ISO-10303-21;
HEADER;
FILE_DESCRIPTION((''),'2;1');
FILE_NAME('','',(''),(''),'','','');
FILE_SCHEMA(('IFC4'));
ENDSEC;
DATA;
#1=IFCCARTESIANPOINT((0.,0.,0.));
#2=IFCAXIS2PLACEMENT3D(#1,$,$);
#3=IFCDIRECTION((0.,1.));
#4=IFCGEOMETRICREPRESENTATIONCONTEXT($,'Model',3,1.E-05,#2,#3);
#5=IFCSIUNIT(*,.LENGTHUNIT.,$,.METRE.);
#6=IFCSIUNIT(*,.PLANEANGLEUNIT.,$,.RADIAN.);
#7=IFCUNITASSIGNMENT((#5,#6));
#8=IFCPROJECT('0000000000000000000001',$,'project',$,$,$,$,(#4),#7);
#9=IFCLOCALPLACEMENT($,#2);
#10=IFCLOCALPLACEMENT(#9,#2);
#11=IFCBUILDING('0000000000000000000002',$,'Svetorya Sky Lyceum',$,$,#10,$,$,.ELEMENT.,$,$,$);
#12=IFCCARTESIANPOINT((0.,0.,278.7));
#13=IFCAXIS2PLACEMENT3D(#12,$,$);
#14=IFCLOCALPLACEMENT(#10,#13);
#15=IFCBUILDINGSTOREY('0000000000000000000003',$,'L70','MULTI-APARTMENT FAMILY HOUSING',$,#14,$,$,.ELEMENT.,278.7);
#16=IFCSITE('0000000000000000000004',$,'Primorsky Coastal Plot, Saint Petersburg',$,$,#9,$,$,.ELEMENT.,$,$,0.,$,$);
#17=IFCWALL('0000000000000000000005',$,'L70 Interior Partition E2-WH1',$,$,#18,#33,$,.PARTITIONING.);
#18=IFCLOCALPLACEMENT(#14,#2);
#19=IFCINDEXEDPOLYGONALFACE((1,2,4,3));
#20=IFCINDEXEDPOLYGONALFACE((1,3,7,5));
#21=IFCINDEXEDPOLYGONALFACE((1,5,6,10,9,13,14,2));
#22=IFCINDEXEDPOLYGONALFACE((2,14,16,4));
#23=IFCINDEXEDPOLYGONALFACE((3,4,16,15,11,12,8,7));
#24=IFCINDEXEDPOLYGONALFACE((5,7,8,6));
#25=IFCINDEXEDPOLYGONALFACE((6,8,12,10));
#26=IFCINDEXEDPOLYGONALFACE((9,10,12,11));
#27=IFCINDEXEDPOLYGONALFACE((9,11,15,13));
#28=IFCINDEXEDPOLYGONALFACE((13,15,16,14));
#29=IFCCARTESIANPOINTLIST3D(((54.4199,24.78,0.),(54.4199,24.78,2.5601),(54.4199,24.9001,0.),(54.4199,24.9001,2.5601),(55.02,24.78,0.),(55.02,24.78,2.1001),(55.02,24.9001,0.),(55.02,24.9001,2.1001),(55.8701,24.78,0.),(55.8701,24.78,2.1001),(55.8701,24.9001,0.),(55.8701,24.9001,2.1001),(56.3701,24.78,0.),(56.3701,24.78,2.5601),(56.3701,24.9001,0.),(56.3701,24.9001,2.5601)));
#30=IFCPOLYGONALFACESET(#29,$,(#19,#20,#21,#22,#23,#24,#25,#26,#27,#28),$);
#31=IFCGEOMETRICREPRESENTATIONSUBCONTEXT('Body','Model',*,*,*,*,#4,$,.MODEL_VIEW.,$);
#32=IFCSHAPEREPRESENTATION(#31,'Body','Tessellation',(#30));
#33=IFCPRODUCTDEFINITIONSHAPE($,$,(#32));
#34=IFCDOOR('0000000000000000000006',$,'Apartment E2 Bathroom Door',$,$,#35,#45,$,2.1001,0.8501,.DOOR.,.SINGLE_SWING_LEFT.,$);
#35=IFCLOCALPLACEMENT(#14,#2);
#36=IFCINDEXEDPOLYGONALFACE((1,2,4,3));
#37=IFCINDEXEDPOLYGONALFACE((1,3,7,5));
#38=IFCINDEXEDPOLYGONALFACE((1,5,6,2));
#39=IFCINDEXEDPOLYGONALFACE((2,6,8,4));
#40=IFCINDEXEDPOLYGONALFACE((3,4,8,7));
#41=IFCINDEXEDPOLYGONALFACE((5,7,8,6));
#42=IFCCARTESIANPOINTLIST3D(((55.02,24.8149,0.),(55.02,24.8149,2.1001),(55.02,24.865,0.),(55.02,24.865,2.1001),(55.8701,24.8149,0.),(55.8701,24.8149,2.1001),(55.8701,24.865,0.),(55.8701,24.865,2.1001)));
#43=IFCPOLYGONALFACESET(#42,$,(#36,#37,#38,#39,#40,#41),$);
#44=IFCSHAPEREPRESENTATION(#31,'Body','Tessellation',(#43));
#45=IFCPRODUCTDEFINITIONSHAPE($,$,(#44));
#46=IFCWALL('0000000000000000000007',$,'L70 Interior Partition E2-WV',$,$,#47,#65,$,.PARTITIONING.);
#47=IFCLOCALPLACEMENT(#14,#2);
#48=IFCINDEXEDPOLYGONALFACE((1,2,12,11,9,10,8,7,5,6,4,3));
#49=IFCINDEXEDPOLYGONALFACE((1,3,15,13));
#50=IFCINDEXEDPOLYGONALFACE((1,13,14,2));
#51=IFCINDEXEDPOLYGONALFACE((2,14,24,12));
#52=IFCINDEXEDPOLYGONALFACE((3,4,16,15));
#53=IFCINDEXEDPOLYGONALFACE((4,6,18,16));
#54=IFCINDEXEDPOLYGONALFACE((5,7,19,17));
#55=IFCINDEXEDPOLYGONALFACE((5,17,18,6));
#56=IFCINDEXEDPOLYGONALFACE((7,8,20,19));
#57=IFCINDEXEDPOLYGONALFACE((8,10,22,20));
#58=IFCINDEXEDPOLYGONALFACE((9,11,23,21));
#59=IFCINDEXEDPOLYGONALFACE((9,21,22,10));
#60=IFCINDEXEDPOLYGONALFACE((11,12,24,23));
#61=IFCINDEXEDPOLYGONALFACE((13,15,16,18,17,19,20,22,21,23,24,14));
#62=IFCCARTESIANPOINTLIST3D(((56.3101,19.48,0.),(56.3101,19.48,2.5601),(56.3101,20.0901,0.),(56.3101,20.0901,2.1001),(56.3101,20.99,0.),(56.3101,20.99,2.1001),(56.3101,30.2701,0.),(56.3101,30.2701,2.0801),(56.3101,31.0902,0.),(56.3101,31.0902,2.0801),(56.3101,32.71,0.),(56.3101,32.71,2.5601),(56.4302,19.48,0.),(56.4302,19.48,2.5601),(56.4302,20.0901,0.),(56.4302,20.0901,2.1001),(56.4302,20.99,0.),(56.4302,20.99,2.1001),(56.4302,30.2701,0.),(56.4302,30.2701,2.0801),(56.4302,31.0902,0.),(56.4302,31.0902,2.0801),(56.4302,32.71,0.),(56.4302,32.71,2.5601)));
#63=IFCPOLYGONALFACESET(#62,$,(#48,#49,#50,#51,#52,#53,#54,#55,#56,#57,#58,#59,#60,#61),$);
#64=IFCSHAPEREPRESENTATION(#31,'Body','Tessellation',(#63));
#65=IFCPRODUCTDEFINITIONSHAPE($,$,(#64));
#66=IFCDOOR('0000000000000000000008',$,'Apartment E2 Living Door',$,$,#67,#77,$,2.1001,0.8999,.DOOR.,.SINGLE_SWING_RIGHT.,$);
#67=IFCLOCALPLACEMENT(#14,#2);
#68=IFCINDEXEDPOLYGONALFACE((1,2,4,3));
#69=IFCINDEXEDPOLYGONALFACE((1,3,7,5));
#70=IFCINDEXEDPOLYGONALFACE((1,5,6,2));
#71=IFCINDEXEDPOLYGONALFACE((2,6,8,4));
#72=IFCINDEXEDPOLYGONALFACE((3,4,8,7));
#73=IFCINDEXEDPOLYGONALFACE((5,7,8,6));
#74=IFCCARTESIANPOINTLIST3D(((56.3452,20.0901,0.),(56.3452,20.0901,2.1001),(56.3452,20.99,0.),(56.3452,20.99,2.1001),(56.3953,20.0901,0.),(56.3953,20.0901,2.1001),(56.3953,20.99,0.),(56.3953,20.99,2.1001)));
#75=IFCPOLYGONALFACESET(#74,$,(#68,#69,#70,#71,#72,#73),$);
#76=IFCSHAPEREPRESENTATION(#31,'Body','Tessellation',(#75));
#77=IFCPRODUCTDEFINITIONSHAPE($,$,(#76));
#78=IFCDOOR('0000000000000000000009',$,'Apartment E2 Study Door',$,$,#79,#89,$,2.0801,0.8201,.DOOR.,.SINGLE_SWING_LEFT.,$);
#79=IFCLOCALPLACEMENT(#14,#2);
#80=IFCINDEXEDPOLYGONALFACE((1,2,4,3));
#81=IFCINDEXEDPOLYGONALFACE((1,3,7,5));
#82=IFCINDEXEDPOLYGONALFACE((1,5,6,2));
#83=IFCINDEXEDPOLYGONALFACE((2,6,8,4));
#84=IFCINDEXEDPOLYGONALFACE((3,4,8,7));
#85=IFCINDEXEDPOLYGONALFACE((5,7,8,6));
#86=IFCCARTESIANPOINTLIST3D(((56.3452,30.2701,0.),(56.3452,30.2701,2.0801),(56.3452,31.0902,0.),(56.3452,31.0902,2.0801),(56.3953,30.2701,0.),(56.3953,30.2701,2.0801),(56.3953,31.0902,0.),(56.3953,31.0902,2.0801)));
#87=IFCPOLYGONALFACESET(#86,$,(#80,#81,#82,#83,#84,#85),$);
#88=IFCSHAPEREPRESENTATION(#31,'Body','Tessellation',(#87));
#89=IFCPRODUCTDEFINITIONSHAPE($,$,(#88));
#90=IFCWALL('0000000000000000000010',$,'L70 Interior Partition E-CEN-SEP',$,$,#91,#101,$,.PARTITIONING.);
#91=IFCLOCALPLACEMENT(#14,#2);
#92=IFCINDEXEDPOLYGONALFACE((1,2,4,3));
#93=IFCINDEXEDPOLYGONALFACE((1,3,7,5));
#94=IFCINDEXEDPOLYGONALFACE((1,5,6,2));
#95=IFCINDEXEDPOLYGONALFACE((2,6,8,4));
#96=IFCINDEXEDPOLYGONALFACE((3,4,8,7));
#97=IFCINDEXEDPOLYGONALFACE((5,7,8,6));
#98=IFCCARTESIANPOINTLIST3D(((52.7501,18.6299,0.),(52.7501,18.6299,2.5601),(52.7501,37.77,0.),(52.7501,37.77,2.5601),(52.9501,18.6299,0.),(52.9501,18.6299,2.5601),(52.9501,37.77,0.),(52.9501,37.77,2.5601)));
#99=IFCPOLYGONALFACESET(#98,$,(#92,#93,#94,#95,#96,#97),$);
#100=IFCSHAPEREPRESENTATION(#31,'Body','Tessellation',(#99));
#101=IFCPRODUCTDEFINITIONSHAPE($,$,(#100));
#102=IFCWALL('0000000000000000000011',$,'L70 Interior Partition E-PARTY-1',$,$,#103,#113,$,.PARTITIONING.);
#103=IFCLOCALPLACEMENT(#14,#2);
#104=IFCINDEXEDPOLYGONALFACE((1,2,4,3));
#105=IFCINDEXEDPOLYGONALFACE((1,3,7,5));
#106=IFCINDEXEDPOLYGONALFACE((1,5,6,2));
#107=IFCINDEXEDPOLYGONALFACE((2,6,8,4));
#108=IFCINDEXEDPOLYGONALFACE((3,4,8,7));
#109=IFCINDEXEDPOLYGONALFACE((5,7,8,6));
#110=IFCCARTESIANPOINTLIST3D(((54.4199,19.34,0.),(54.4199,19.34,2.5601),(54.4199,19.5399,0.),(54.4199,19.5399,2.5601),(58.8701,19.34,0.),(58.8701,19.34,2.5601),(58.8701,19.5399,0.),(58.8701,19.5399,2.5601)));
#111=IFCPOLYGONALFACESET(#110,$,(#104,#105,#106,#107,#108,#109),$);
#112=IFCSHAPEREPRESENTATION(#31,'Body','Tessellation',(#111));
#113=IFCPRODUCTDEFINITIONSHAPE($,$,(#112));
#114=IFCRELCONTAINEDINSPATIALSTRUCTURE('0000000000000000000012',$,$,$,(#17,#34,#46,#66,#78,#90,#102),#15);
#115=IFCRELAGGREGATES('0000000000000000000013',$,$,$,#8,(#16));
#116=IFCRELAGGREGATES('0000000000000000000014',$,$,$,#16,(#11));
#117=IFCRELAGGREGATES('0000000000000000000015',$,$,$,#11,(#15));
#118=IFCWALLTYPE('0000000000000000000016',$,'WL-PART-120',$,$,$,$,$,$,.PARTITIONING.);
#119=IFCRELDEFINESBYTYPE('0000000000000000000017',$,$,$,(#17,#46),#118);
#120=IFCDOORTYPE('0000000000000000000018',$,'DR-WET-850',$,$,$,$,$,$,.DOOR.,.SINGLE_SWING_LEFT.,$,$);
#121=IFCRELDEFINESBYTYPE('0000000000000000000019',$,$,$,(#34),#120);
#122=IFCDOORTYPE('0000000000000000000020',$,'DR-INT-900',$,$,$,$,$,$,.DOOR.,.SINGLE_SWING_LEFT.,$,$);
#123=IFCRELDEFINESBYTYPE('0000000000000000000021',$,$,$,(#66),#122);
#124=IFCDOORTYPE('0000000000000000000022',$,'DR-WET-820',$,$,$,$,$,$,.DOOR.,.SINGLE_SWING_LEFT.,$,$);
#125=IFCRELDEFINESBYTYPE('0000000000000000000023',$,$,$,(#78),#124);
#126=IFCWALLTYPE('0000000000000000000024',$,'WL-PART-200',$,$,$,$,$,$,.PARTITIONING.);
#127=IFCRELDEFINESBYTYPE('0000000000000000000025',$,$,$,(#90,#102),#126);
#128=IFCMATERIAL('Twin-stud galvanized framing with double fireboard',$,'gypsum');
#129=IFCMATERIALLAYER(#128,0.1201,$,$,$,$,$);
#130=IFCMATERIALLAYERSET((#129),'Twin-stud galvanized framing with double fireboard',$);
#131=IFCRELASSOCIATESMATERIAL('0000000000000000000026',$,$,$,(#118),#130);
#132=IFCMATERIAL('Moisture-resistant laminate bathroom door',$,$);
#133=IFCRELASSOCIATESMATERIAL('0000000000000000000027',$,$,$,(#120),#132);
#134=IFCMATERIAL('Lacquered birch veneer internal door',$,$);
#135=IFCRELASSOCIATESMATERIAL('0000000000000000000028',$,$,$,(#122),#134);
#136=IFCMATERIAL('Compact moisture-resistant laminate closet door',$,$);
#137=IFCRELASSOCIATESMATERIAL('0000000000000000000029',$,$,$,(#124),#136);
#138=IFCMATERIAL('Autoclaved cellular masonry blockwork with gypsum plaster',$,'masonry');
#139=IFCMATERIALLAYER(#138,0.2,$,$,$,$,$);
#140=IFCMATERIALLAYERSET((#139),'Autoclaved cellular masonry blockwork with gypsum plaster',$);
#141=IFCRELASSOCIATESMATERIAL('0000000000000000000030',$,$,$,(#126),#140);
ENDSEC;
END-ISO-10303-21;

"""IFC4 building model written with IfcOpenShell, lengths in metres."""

from ifc_helpers import new_model, si_unit, direction, frame, frame_2d, origin, place, context, subcontext, project, spatial, rectangle, extrude, material, layer, layer_set, type_object, element, fill, save


model = new_model("IFC4")

# Units and contexts
model_context = context("Model", 3, precision=1e-05, world=origin(), true_north=direction((0.0, 1.0)))
body_context = subcontext(model_context, "Body", "Model", "MODEL_VIEW")
ifc_project = project(units=[si_unit("LENGTHUNIT", "METRE"), si_unit("PLANEANGLEUNIT", "RADIAN")], contexts=[model_context])

# Site, building, storey
site_placement = place(None, origin())
site = spatial("IfcSite", under=ifc_project, at=site_placement, Name="Primorsky Coastal Plot, Saint Petersburg", CompositionType="ELEMENT", RefElevation=0.0)
building_placement = place(site_placement, origin())
building = spatial("IfcBuilding", under=site, at=building_placement, Name="Svetorya Sky Lyceum", CompositionType="ELEMENT")
storey_placement = place(building_placement, frame((0.0, 0.0, 278.7)))
storey = spatial("IfcBuildingStorey", under=building, at=storey_placement, Name="L70", Description="MULTI-APARTMENT FAMILY HOUSING", CompositionType="ELEMENT", Elevation=278.7)

# Wall, opening, door
ifc_material_1 = material(Name="Twin-stud galvanized framing with double fireboard", Category="gypsum")
ifc_layer_1 = layer(ifc_material_1, 0.1201)
ifc_layer_set_1 = layer_set([ifc_layer_1], Name="Twin-stud galvanized framing with double fireboard")
wall_type_1 = type_object("IfcWallType", Name="WL-PART-120", PredefinedType="PARTITIONING", material=ifc_layer_set_1)
wall_1_placement = place(storey_placement, frame((54.4199, 24.8401, 0.0), z_axis=(0.0, 0.0, 1.0), x_axis=(1.0, 0.0, 0.0)))
wall_1 = element("IfcWall", 1, at=wall_1_placement, inside=storey, type_object=wall_type_1, Name="L70 Interior Partition E2-WH1", PredefinedType="PARTITIONING", context=body_context, shape_type="SweptSolid", body=[
    extrude(rectangle(XDim=1.9502, YDim=0.1201, at=frame_2d((0.9751, 0.0))), origin(), (0.0, 0.0, 1.0), 2.5601),
])
opening_1_placement = place(wall_1_placement, frame((0.6001, 0.0, 0.0)))
opening_1 = element("IfcOpeningElement", 2, at=opening_1_placement, cuts=wall_1, PredefinedType="OPENING", context=body_context, shape_type="SweptSolid", body=[
    extrude(rectangle(XDim=0.8501, YDim=2.1001, at=frame_2d((0.425, 1.05))), frame((0.0, 0.0701, 0.0), z_axis=(0.0, -1.0, 0.0), x_axis=(1.0, 0.0, 0.0)), (0.0, 0.0, 1.0), 0.1401),
])
ifc_material_2 = material(Name="Moisture-resistant laminate bathroom door")
door_type_1 = type_object("IfcDoorType", Name="DR-WET-850", OperationType="SINGLE_SWING_LEFT", PredefinedType="DOOR", material=ifc_material_2)
door_1_placement = place(opening_1_placement, origin())
door_1 = element("IfcDoor", 3, at=door_1_placement, inside=storey, type_object=door_type_1, Name="Apartment E2 Bathroom Door", OperationType="SINGLE_SWING_LEFT", OverallHeight=2.1001, OverallWidth=0.8501, PredefinedType="DOOR", context=body_context, shape_type="SweptSolid", body=[
    extrude(rectangle(XDim=0.8501, YDim=2.1001, at=frame_2d((0.425, 1.05))), frame((0.0, 0.0249, 0.0), z_axis=(0.0, -1.0, 0.0), x_axis=(1.0, 0.0, 0.0)), (0.0, 0.0, 1.0), 0.05),
])
fill(opening_1, door_1)

# Wall, openings, doors
wall_2_placement = place(storey_placement, frame((56.3701, 19.48, 0.0), z_axis=(0.0, 0.0, 1.0), x_axis=(0.0, 1.0, 0.0)))
wall_2 = element("IfcWall", 4, at=wall_2_placement, inside=storey, type_object=wall_type_1, Name="L70 Interior Partition E2-WV", PredefinedType="PARTITIONING", context=body_context, shape_type="SweptSolid", body=[
    extrude(rectangle(XDim=13.23, YDim=0.1201, at=frame_2d((6.615, 0.0))), origin(), (0.0, 0.0, 1.0), 2.5601),
])
opening_2_placement = place(wall_2_placement, frame((0.6101, 0.0, 0.0)))
opening_2 = element("IfcOpeningElement", 5, at=opening_2_placement, cuts=wall_2, PredefinedType="OPENING", context=body_context, shape_type="SweptSolid", body=[
    extrude(rectangle(XDim=0.8999, YDim=2.1001, at=frame_2d((0.45, 1.05))), frame((0.0, 0.0701, 0.0), z_axis=(0.0, -1.0, 0.0), x_axis=(1.0, 0.0, 0.0)), (0.0, 0.0, 1.0), 0.1401),
])
opening_3_placement = place(wall_2_placement, frame((10.79, 0.0, 0.0)))
opening_3 = element("IfcOpeningElement", 6, at=opening_3_placement, cuts=wall_2, PredefinedType="OPENING", context=body_context, shape_type="SweptSolid", body=[
    extrude(rectangle(XDim=0.8201, YDim=2.0801, at=frame_2d((0.4102, 1.04))), frame((0.0, 0.0701, 0.0), z_axis=(0.0, -1.0, 0.0), x_axis=(1.0, 0.0, 0.0)), (0.0, 0.0, 1.0), 0.1401),
])
ifc_material_3 = material(Name="Lacquered birch veneer internal door")
door_type_2 = type_object("IfcDoorType", Name="DR-INT-900", OperationType="SINGLE_SWING_LEFT", PredefinedType="DOOR", material=ifc_material_3)
door_2_placement = place(opening_2_placement, origin())
door_2 = element("IfcDoor", 7, at=door_2_placement, inside=storey, type_object=door_type_2, Name="Apartment E2 Living Door", OperationType="SINGLE_SWING_RIGHT", OverallHeight=2.1001, OverallWidth=0.8999, PredefinedType="DOOR", context=body_context, shape_type="SweptSolid", body=[
    extrude(rectangle(XDim=0.8999, YDim=2.1001, at=frame_2d((0.45, 1.05))), frame((0.0, 0.0249, 0.0), z_axis=(0.0, -1.0, 0.0), x_axis=(1.0, 0.0, 0.0)), (0.0, 0.0, 1.0), 0.05),
])
fill(opening_2, door_2)
ifc_material_4 = material(Name="Compact moisture-resistant laminate closet door")
door_type_3 = type_object("IfcDoorType", Name="DR-WET-820", OperationType="SINGLE_SWING_LEFT", PredefinedType="DOOR", material=ifc_material_4)
door_3_placement = place(opening_3_placement, origin())
door_3 = element("IfcDoor", 8, at=door_3_placement, inside=storey, type_object=door_type_3, Name="Apartment E2 Study Door", OperationType="SINGLE_SWING_LEFT", OverallHeight=2.0801, OverallWidth=0.8201, PredefinedType="DOOR", context=body_context, shape_type="SweptSolid", body=[
    extrude(rectangle(XDim=0.8201, YDim=2.0801, at=frame_2d((0.4102, 1.04))), frame((0.0, 0.0249, 0.0), z_axis=(0.0, -1.0, 0.0), x_axis=(1.0, 0.0, 0.0)), (0.0, 0.0, 1.0), 0.05),
])
fill(opening_3, door_3)

# Walls
ifc_material_5 = material(Name="Autoclaved cellular masonry blockwork with gypsum plaster", Category="masonry")
ifc_layer_2 = layer(ifc_material_5, 0.2)
ifc_layer_set_2 = layer_set([ifc_layer_2], Name="Autoclaved cellular masonry blockwork with gypsum plaster")
wall_type_2 = type_object("IfcWallType", Name="WL-PART-200", PredefinedType="PARTITIONING", material=ifc_layer_set_2)
wall_3_placement = place(storey_placement, frame((52.8501, 18.6299, 0.0), z_axis=(0.0, 0.0, 1.0), x_axis=(0.0, 1.0, 0.0)))
element("IfcWall", 9, at=wall_3_placement, inside=storey, type_object=wall_type_2, Name="L70 Interior Partition E-CEN-SEP", PredefinedType="PARTITIONING", context=body_context, shape_type="SweptSolid", body=[
    extrude(rectangle(XDim=19.1401, YDim=0.2, at=frame_2d((9.5701, 0.0))), origin(), (0.0, 0.0, 1.0), 2.5601),
])
wall_4_placement = place(storey_placement, frame((54.4199, 19.4399, 0.0), z_axis=(0.0, 0.0, 1.0), x_axis=(1.0, 0.0, 0.0)))
element("IfcWall", 10, at=wall_4_placement, inside=storey, type_object=wall_type_2, Name="L70 Interior Partition E-PARTY-1", PredefinedType="PARTITIONING", context=body_context, shape_type="SweptSolid", body=[
    extrude(rectangle(XDim=4.4502, YDim=0.2, at=frame_2d((2.2251, 0.0))), origin(), (0.0, 0.0, 1.0), 2.5601),
])

save(model, "model.ifc")
